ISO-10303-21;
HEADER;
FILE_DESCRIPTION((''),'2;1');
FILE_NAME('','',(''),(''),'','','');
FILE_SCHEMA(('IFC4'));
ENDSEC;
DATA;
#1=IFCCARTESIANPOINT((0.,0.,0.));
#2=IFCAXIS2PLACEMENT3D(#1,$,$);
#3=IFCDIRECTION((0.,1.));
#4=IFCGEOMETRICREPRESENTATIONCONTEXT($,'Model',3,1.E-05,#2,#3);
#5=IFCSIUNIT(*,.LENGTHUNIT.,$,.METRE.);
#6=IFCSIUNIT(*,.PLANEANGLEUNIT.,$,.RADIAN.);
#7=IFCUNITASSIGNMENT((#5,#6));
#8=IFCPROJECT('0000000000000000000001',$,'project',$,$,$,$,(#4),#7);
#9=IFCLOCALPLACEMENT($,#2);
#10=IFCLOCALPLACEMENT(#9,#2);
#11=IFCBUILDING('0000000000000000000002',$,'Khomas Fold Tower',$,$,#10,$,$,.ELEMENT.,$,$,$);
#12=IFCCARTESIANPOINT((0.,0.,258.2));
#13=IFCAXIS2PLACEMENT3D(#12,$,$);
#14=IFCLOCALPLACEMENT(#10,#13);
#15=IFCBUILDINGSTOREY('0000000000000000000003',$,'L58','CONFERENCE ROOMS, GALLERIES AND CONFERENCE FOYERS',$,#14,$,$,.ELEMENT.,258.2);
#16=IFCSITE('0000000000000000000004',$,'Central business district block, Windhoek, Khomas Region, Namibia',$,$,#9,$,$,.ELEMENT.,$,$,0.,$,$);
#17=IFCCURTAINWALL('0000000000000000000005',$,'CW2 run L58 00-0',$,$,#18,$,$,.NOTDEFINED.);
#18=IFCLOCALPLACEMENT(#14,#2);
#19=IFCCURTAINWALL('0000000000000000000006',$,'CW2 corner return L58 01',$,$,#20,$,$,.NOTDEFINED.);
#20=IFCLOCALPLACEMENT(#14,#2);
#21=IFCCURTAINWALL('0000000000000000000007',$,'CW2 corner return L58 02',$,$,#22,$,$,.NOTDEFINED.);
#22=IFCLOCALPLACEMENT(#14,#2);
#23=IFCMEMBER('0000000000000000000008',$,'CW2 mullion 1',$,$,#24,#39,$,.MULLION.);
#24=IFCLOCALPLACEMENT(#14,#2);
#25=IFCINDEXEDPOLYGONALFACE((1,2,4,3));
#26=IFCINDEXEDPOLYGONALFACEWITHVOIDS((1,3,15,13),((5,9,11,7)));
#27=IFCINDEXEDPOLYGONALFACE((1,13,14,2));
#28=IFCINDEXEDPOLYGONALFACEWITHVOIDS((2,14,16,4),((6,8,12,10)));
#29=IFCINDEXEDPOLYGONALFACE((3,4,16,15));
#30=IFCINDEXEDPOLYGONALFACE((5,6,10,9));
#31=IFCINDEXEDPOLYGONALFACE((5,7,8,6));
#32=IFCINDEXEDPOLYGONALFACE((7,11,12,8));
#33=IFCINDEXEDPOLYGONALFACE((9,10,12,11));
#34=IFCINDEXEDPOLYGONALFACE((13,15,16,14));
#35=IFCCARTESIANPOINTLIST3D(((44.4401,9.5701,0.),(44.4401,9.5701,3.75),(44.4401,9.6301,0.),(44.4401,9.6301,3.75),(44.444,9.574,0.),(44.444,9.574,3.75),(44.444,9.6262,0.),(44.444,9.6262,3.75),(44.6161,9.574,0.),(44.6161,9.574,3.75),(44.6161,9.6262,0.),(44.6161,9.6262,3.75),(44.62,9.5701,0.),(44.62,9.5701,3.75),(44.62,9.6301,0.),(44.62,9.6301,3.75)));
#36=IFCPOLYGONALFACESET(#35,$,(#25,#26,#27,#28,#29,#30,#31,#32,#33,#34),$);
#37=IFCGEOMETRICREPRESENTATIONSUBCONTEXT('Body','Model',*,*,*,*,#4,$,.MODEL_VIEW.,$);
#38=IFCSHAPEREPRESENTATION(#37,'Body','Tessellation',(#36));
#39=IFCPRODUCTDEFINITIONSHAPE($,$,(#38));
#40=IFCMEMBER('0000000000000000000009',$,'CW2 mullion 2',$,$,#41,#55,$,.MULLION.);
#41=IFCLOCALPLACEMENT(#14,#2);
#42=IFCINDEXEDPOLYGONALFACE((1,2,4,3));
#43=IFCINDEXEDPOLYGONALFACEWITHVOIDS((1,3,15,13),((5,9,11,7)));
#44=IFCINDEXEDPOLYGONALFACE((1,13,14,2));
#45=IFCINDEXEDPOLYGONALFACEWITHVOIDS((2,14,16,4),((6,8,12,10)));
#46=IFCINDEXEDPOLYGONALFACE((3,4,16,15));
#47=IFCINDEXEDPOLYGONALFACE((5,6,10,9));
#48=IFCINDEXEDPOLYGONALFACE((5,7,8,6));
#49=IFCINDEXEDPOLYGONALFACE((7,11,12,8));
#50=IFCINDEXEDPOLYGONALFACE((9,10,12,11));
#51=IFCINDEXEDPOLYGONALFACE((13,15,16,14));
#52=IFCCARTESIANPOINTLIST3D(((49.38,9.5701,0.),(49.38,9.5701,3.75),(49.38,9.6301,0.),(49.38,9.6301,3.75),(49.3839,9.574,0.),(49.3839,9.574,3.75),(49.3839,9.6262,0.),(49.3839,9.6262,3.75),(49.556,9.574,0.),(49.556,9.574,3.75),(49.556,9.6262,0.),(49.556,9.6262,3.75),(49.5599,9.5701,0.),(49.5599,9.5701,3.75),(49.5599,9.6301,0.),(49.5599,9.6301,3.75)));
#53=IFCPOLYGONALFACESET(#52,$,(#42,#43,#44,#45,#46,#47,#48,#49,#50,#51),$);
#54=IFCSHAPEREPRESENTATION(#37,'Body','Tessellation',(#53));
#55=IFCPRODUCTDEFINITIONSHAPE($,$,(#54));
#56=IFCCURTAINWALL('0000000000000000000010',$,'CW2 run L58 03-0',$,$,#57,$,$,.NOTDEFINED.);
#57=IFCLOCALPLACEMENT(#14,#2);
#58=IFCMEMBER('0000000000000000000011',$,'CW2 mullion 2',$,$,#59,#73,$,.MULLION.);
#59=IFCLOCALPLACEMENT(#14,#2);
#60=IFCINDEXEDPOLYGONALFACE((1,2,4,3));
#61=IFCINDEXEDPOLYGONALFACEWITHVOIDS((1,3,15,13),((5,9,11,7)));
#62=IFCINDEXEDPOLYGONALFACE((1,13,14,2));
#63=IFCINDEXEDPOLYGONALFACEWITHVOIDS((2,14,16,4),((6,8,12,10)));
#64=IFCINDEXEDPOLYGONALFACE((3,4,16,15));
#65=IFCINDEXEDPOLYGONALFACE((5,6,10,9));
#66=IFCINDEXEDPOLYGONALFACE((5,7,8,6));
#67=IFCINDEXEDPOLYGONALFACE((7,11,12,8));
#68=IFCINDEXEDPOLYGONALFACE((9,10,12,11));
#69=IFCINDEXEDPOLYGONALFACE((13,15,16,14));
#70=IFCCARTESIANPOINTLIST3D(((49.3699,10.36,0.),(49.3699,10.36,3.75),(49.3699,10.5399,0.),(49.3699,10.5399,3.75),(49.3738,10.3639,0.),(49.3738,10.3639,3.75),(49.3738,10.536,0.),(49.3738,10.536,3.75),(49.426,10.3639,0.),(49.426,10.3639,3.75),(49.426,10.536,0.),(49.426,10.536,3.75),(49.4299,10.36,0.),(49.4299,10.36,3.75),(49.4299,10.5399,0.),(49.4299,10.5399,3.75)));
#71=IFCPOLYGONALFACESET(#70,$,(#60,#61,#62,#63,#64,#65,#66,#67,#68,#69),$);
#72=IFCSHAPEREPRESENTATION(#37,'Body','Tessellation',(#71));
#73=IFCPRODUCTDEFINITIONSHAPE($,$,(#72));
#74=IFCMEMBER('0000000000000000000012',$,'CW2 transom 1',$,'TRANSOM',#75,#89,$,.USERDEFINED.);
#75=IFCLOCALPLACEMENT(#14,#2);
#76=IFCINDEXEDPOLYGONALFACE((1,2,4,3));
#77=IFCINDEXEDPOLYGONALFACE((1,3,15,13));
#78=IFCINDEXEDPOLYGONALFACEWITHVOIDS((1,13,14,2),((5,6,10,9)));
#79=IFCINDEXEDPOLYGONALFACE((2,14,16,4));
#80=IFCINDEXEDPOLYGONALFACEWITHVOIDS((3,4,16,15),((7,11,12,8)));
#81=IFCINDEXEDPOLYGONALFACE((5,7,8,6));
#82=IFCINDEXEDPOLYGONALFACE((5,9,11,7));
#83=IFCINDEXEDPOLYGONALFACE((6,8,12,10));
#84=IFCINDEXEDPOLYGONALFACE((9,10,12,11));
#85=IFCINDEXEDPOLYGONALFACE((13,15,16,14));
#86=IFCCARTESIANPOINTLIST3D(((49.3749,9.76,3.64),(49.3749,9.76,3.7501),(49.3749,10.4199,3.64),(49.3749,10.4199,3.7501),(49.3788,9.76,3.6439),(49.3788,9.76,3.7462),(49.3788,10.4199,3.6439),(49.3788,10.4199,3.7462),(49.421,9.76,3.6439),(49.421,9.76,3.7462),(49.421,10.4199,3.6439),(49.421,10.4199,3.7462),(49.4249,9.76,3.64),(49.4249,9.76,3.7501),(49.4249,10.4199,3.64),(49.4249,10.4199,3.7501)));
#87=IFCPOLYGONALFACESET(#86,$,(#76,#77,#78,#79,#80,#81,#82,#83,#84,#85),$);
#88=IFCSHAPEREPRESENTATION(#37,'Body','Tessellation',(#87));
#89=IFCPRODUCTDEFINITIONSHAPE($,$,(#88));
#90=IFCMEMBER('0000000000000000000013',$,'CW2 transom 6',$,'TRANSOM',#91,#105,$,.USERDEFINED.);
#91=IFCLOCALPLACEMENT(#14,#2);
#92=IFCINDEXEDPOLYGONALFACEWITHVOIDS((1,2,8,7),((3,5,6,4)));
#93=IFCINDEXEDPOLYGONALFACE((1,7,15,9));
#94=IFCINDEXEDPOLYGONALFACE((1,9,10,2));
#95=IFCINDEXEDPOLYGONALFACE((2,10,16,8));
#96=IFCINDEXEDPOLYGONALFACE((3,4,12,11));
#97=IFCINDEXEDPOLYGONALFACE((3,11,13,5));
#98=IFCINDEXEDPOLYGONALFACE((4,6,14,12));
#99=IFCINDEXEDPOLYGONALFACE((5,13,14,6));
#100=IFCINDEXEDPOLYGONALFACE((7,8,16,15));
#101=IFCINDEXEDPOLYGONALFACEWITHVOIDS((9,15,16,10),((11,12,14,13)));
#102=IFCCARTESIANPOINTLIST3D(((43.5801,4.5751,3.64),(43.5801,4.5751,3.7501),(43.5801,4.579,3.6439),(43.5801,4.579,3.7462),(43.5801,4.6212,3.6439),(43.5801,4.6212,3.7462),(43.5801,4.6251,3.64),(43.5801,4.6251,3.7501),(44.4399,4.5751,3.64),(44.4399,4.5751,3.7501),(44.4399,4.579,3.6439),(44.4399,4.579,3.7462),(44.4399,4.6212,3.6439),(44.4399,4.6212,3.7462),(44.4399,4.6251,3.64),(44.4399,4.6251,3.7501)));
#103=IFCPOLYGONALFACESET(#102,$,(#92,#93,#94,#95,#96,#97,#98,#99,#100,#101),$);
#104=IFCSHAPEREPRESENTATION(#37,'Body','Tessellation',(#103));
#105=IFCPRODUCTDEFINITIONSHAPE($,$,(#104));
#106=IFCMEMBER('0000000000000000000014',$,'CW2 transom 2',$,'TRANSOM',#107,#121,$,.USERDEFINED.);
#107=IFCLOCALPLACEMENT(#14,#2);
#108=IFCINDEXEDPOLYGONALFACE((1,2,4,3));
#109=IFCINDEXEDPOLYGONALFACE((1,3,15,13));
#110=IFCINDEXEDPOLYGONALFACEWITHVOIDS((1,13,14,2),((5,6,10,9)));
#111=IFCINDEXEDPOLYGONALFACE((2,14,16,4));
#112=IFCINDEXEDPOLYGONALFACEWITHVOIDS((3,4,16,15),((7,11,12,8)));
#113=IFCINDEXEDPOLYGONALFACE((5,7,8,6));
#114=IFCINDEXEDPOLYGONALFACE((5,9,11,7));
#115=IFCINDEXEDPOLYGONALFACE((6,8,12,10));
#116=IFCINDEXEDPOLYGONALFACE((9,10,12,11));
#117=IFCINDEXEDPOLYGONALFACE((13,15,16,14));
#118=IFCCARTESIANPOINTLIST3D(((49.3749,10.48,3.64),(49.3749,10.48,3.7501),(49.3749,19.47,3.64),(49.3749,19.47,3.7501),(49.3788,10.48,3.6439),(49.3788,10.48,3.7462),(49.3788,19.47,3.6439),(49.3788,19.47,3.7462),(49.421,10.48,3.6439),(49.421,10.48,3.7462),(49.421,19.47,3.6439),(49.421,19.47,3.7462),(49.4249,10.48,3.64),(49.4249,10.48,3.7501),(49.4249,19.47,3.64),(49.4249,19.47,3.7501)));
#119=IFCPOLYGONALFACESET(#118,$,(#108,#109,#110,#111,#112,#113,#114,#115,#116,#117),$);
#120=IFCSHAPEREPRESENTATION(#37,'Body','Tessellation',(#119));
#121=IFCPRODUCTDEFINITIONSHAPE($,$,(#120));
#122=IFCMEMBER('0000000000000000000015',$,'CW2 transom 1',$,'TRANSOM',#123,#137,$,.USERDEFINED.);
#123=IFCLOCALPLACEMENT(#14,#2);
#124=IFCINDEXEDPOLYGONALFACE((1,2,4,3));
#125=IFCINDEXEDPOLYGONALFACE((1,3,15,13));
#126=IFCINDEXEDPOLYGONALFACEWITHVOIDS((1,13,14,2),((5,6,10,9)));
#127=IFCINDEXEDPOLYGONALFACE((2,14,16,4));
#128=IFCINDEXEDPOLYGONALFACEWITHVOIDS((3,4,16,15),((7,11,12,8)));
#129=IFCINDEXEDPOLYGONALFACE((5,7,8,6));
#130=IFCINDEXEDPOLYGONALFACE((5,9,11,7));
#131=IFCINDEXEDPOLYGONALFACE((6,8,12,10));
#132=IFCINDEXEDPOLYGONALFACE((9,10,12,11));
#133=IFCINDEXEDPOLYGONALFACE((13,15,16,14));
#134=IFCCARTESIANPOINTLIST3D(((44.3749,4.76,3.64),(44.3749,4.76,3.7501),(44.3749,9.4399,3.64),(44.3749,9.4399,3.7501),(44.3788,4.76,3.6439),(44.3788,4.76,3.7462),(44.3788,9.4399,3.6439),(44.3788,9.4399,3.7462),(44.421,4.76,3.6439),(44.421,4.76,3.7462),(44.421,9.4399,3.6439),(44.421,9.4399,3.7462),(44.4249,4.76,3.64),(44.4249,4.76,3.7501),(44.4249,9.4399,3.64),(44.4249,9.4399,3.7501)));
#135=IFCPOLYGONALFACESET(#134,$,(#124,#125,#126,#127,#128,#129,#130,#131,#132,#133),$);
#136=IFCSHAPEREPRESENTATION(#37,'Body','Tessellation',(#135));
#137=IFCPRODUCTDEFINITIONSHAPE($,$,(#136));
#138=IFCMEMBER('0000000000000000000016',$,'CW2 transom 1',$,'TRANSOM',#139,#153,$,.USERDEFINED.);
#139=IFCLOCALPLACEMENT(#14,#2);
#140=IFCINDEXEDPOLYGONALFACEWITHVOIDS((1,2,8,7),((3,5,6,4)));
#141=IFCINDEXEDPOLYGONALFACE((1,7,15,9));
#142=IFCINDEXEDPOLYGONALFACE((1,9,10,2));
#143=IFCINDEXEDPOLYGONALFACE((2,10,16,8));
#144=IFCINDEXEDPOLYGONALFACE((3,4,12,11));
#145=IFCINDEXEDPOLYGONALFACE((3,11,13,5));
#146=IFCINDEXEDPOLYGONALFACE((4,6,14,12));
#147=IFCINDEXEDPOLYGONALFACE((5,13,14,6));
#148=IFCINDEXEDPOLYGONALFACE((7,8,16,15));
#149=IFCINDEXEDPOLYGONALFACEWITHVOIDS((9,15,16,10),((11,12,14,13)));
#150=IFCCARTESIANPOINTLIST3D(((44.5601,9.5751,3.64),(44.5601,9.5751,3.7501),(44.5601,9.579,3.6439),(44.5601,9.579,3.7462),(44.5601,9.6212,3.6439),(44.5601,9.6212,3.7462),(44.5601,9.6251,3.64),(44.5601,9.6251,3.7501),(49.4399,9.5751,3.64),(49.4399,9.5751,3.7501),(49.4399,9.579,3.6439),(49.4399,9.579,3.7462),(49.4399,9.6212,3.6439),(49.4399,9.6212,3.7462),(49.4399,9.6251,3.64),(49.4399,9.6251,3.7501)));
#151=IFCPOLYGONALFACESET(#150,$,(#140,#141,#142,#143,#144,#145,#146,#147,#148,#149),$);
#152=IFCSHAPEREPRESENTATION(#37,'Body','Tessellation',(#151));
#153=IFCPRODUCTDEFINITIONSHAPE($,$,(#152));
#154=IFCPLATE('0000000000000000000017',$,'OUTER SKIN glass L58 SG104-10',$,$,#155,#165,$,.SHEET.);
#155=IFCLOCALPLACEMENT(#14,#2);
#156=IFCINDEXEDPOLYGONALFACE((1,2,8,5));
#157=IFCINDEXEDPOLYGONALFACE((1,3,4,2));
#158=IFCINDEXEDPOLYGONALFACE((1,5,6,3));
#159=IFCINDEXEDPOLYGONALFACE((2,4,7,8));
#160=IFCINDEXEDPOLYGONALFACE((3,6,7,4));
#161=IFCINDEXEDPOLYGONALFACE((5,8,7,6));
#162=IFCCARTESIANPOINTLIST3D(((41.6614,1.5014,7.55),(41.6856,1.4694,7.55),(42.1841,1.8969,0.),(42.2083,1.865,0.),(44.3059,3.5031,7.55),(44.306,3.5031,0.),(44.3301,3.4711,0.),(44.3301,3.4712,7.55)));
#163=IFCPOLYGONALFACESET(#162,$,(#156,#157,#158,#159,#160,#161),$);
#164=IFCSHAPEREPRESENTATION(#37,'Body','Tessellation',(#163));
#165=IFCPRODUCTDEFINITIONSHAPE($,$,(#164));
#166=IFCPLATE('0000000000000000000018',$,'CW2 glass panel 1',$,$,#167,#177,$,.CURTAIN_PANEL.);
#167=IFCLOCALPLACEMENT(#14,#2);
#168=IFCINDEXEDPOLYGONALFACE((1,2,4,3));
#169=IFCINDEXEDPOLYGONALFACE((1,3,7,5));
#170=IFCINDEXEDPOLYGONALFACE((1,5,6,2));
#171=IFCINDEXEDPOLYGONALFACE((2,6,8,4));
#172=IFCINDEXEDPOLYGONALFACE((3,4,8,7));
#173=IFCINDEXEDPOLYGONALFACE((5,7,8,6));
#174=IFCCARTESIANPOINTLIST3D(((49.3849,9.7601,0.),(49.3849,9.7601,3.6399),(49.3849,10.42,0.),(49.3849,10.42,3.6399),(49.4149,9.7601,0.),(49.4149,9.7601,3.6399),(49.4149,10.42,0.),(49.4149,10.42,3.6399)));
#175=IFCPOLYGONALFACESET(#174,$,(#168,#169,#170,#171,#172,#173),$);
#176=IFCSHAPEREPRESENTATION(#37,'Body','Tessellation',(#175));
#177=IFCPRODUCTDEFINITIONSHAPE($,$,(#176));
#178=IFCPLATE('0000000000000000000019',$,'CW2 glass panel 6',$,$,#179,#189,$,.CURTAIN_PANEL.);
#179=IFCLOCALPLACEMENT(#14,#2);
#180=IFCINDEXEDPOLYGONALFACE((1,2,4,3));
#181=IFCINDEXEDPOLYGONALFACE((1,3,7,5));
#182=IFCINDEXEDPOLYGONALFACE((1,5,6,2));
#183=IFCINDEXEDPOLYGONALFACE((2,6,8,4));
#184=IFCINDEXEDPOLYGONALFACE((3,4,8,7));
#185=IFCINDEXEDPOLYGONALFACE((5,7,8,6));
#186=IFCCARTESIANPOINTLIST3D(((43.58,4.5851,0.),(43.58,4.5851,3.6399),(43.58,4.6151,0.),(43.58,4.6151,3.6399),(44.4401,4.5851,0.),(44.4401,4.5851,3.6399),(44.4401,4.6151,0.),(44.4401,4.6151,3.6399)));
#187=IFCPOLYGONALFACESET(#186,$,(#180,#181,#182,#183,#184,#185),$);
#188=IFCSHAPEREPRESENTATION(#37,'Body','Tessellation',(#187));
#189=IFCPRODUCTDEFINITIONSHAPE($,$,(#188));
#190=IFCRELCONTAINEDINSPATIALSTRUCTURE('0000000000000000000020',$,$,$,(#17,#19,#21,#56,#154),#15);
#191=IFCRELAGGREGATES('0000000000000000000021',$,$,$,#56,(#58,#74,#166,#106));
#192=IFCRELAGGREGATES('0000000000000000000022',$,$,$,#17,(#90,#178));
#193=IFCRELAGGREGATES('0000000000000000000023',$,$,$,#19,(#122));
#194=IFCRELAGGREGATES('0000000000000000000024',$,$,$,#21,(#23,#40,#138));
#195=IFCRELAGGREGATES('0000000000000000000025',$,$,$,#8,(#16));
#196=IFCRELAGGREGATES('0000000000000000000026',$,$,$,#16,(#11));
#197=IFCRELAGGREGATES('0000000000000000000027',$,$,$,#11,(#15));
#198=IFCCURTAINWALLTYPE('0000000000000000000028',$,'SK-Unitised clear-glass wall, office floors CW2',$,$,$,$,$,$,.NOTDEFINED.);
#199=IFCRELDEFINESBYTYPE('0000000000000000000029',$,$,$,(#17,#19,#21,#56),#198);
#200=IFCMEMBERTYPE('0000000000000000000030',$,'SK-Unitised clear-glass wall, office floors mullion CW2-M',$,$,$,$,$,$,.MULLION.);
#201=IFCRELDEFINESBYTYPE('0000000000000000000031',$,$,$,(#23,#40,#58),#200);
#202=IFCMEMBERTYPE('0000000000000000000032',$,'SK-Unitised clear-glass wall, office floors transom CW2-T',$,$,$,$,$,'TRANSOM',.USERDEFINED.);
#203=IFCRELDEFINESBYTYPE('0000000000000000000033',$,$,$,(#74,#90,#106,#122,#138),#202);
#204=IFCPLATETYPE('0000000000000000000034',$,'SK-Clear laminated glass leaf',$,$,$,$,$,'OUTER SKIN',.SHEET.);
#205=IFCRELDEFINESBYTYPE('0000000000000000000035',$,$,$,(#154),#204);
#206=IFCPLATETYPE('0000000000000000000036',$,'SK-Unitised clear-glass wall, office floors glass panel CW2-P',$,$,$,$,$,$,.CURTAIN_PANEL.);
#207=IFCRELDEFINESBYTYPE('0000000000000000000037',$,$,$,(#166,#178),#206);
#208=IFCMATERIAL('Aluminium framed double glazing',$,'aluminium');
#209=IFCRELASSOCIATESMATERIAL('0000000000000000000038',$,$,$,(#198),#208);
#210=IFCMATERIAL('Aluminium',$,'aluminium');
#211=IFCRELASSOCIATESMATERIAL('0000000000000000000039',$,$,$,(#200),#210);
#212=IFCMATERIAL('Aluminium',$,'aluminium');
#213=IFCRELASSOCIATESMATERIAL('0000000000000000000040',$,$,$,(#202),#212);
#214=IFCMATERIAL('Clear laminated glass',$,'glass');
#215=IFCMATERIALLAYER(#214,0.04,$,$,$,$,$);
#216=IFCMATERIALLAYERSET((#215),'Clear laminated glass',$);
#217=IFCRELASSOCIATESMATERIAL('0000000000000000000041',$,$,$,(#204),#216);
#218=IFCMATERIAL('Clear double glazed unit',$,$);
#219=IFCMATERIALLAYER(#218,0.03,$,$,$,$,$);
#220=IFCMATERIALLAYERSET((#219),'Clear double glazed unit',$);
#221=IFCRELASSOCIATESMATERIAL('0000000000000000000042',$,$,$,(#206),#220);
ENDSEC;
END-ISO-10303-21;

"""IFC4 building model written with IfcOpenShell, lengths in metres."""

from ifc_helpers import new_model, si_unit, direction, frame, origin, origin_2d, place, context, subcontext, project, spatial, polyline, rectangle, hollow_rectangle, outline, extrude, source, transform, mapped, material, layer, layer_set, material_profile, profile_set, type_object, element, aggregate, save


model = new_model("IFC4")

# Units and contexts
model_context = context("Model", 3, precision=1e-05, world=origin(), true_north=direction((0.0, 1.0)))
body_context = subcontext(model_context, "Body", "Model", "MODEL_VIEW")
ifc_project = project(units=[si_unit("LENGTHUNIT", "METRE"), si_unit("PLANEANGLEUNIT", "RADIAN")], contexts=[model_context])

# Site, building, storey
site_placement = place(None, origin())
site = spatial("IfcSite", under=ifc_project, at=site_placement, Name="Central business district block, Windhoek, Khomas Region, Namibia", CompositionType="ELEMENT", RefElevation=0.0)
building_placement = place(site_placement, origin())
building = spatial("IfcBuilding", under=site, at=building_placement, Name="Khomas Fold Tower", CompositionType="ELEMENT")
storey_placement = place(building_placement, frame((0.0, 0.0, 258.2)))
storey = spatial("IfcBuildingStorey", under=building, at=storey_placement, Name="L58", Description="CONFERENCE ROOMS, GALLERIES AND CONFERENCE FOYERS", CompositionType="ELEMENT", Elevation=258.2)

# Curtain walls, members
ifc_material_1 = material(Name="Aluminium framed double glazing", Category="aluminium")
curtain_wall_type = type_object("IfcCurtainWallType", Name="SK-Unitised clear-glass wall, office floors CW2", PredefinedType="NOTDEFINED", material=ifc_material_1)
curtain_wall_1_placement = place(storey_placement, origin())
curtain_wall_1 = element("IfcCurtainWall", 1, at=curtain_wall_1_placement, inside=storey, type_object=curtain_wall_type, Name="CW2 run L58 00-0", PredefinedType="NOTDEFINED")
ifc_material_2 = material(Name="Aluminium", Category="aluminium")
ifc_material_profile_1 = material_profile(ifc_material_2, hollow_rectangle(XDim=0.0601, YDim=0.1799, WallThickness=0.0039, at=origin_2d()), Name="SK-Unitised clear-glass wall, office floors mullion CW2-M")
ifc_profile_set_1 = profile_set([ifc_material_profile_1], Name="Aluminium")
member_type_1 = type_object("IfcMemberType", Name="SK-Unitised clear-glass wall, office floors mullion CW2-M", PredefinedType="MULLION", material=ifc_profile_set_1)
shared_shape_1 = source(origin(), body_context, "Body", "SweptSolid", [
    extrude(hollow_rectangle(XDim=0.0601, YDim=0.1799, WallThickness=0.0039, at=origin_2d()), origin(), (0.0, 0.0, 1.0), 3.75),
])
curtain_wall_2_placement = place(storey_placement, origin())
curtain_wall_2 = element("IfcCurtainWall", 2, at=curtain_wall_2_placement, inside=storey, type_object=curtain_wall_type, Name="CW2 corner return L58 01", PredefinedType="NOTDEFINED")
curtain_wall_3_placement = place(storey_placement, origin())
curtain_wall_3 = element("IfcCurtainWall", 3, at=curtain_wall_3_placement, inside=storey, type_object=curtain_wall_type, Name="CW2 corner return L58 02", PredefinedType="NOTDEFINED")
member_1_placement = place(storey_placement, frame((44.53, 9.6001, 0.0), z_axis=(0.0, 0.0, 1.0), x_axis=(0.0, 1.0, 0.0)))
member_1 = element("IfcMember", 4, at=member_1_placement, type_object=member_type_1, Name="CW2 mullion 1", PredefinedType="MULLION", context=body_context, shape_type="MappedRepresentation", body=[
    mapped(shared_shape_1, transform((0.0, 0.0, 0.0))),
])
member_2_placement = place(storey_placement, frame((49.47, 9.6001, 0.0), z_axis=(0.0, 0.0, 1.0), x_axis=(0.0, 1.0, 0.0)))
member_2 = element("IfcMember", 5, at=member_2_placement, type_object=member_type_1, Name="CW2 mullion 2", PredefinedType="MULLION", context=body_context, shape_type="MappedRepresentation", body=[
    mapped(shared_shape_1, transform((0.0, 0.0, 0.0))),
])
curtain_wall_4_placement = place(storey_placement, origin())
curtain_wall_4 = element("IfcCurtainWall", 6, at=curtain_wall_4_placement, inside=storey, type_object=curtain_wall_type, Name="CW2 run L58 03-0", PredefinedType="NOTDEFINED")
member_3_placement = place(storey_placement, frame((49.3999, 10.45, 0.0), z_axis=(0.0, 0.0, 1.0), x_axis=(-1.0, 0.0, 0.0)))
member_3 = element("IfcMember", 7, at=member_3_placement, type_object=member_type_1, Name="CW2 mullion 2", PredefinedType="MULLION", context=body_context, shape_type="MappedRepresentation", body=[
    mapped(shared_shape_1, transform((0.0, 0.0, 0.0))),
])
ifc_material_3 = material(Name="Aluminium", Category="aluminium")
ifc_material_profile_2 = material_profile(ifc_material_3, hollow_rectangle(XDim=0.05, YDim=0.1101, WallThickness=0.0039, at=origin_2d()), Name="SK-Unitised clear-glass wall, office floors transom CW2-T")
ifc_profile_set_2 = profile_set([ifc_material_profile_2], Name="Aluminium")
member_type_2 = type_object("IfcMemberType", Name="SK-Unitised clear-glass wall, office floors transom CW2-T", ElementType="TRANSOM", PredefinedType="USERDEFINED", material=ifc_profile_set_2)
shared_shape_2 = source(origin(), body_context, "Body", "SweptSolid", [
    extrude(hollow_rectangle(XDim=0.05, YDim=0.1101, WallThickness=0.0039, at=origin_2d()), origin(), (0.0, 0.0, 1.0), 0.6599),
])
member_4_placement = place(storey_placement, frame((49.3999, 9.76, 3.6951), z_axis=(0.0, 1.0, 0.0), x_axis=(-1.0, 0.0, 0.0)))
member_4 = element("IfcMember", 8, at=member_4_placement, type_object=member_type_2, Name="CW2 transom 1", ObjectType="TRANSOM", PredefinedType="USERDEFINED", context=body_context, shape_type="MappedRepresentation", body=[
    mapped(shared_shape_2, transform((0.0, 0.0, 0.0))),
])

# Members
shared_shape_3 = source(origin(), body_context, "Body", "SweptSolid", [
    extrude(hollow_rectangle(XDim=0.05, YDim=0.1101, WallThickness=0.0039, at=origin_2d()), origin(), (0.0, 0.0, 1.0), 0.8599),
])
member_5_placement = place(storey_placement, frame((43.5801, 4.6001, 3.6951), z_axis=(1.0, 0.0, 0.0), x_axis=(0.0, 1.0, 0.0)))
member_5 = element("IfcMember", 9, at=member_5_placement, type_object=member_type_2, Name="CW2 transom 6", ObjectType="TRANSOM", PredefinedType="USERDEFINED", context=body_context, shape_type="MappedRepresentation", body=[
    mapped(shared_shape_3, transform((0.0, 0.0, 0.0))),
])
shared_shape_4 = source(origin(), body_context, "Body", "SweptSolid", [
    extrude(hollow_rectangle(XDim=0.05, YDim=0.1101, WallThickness=0.0039, at=origin_2d()), origin(), (0.0, 0.0, 1.0), 8.99),
])
member_6_placement = place(storey_placement, frame((49.3999, 10.48, 3.6951), z_axis=(0.0, 1.0, 0.0), x_axis=(-1.0, 0.0, 0.0)))
member_6 = element("IfcMember", 10, at=member_6_placement, type_object=member_type_2, Name="CW2 transom 2", ObjectType="TRANSOM", PredefinedType="USERDEFINED", context=body_context, shape_type="MappedRepresentation", body=[
    mapped(shared_shape_4, transform((0.0, 0.0, 0.0))),
])
shared_shape_5 = source(origin(), body_context, "Body", "SweptSolid", [
    extrude(hollow_rectangle(XDim=0.05, YDim=0.1101, WallThickness=0.0039, at=origin_2d()), origin(), (0.0, 0.0, 1.0), 4.6799),
])
member_7_placement = place(storey_placement, frame((44.3999, 4.76, 3.6951), z_axis=(0.0, 1.0, 0.0), x_axis=(-1.0, 0.0, 0.0)))
member_7 = element("IfcMember", 11, at=member_7_placement, type_object=member_type_2, Name="CW2 transom 1", ObjectType="TRANSOM", PredefinedType="USERDEFINED", context=body_context, shape_type="MappedRepresentation", body=[
    mapped(shared_shape_5, transform((0.0, 0.0, 0.0))),
])
shared_shape_6 = source(origin(), body_context, "Body", "SweptSolid", [
    extrude(hollow_rectangle(XDim=0.05, YDim=0.1101, WallThickness=0.0039, at=origin_2d()), origin(), (0.0, 0.0, 1.0), 4.8799),
])
member_8_placement = place(storey_placement, frame((44.5601, 9.6001, 3.6951), z_axis=(1.0, 0.0, 0.0), x_axis=(0.0, 1.0, 0.0)))
member_8 = element("IfcMember", 12, at=member_8_placement, type_object=member_type_2, Name="CW2 transom 1", ObjectType="TRANSOM", PredefinedType="USERDEFINED", context=body_context, shape_type="MappedRepresentation", body=[
    mapped(shared_shape_6, transform((0.0, 0.0, 0.0))),
])

# Plates
ifc_material_4 = material(Name="Clear laminated glass", Category="glass")
ifc_layer_1 = layer(ifc_material_4, 0.04)
ifc_layer_set_1 = layer_set([ifc_layer_1], Name="Clear laminated glass")
plate_type_1 = type_object("IfcPlateType", Name="SK-Clear laminated glass leaf", ElementType="OUTER SKIN", PredefinedType="SHEET", material=ifc_layer_set_1)
plate_1_placement = place(storey_placement, frame((42.2083, 1.865, 0.0), z_axis=(0.603542, -0.797331, 0.000008), x_axis=(-0.068968, -0.052195, 0.996253)))
element("IfcPlate", 13, at=plate_1_placement, inside=storey, type_object=plate_type_1, Name="OUTER SKIN glass L58 SG104-10", PredefinedType="SHEET", context=body_context, shape_type="SweptSolid", body=[
    extrude(outline(polyline([(0.0, 0.0), (7.5784, 0.0), (7.2916, -3.3043), (-0.2302, -2.6512), (0.0, 0.0)])), origin(), (0.0, 0.0, -1.0), 0.04),
])
ifc_material_5 = material(Name="Clear double glazed unit")
ifc_layer_2 = layer(ifc_material_5, 0.03)
ifc_layer_set_2 = layer_set([ifc_layer_2], Name="Clear double glazed unit")
plate_type_2 = type_object("IfcPlateType", Name="SK-Unitised clear-glass wall, office floors glass panel CW2-P", PredefinedType="CURTAIN_PANEL", material=ifc_layer_set_2)
shared_shape_7 = source(origin(), body_context, "Body", "SweptSolid", [
    extrude(rectangle(XDim=0.6599, YDim=0.03, at=origin_2d()), origin(), (0.0, 0.0, 1.0), 3.6399),
])
plate_2_placement = place(storey_placement, frame((49.3999, 10.0901, 0.0), z_axis=(0.0, 0.0, 1.0), x_axis=(0.0, 1.0, 0.0)))
plate_2 = element("IfcPlate", 14, at=plate_2_placement, type_object=plate_type_2, Name="CW2 glass panel 1", PredefinedType="CURTAIN_PANEL", context=body_context, shape_type="MappedRepresentation", body=[
    mapped(shared_shape_7, transform((0.0, 0.0, 0.0))),
])
aggregate(curtain_wall_4, [member_3, member_4, plate_2, member_6])
shared_shape_8 = source(origin(), body_context, "Body", "SweptSolid", [
    extrude(rectangle(XDim=0.8601, YDim=0.03, at=origin_2d()), origin(), (0.0, 0.0, 1.0), 3.6399),
])
plate_3_placement = place(storey_placement, frame((44.01, 4.6001, 0.0), z_axis=(0.0, 0.0, 1.0), x_axis=(1.0, 0.0, 0.0)))
plate_3 = element("IfcPlate", 15, at=plate_3_placement, type_object=plate_type_2, Name="CW2 glass panel 6", PredefinedType="CURTAIN_PANEL", context=body_context, shape_type="MappedRepresentation", body=[
    mapped(shared_shape_8, transform((0.0, 0.0, 0.0))),
])
aggregate(curtain_wall_1, [member_5, plate_3])
aggregate(curtain_wall_2, [member_7])
aggregate(curtain_wall_3, [member_1, member_2, member_8])

save(model, "model.ifc")
